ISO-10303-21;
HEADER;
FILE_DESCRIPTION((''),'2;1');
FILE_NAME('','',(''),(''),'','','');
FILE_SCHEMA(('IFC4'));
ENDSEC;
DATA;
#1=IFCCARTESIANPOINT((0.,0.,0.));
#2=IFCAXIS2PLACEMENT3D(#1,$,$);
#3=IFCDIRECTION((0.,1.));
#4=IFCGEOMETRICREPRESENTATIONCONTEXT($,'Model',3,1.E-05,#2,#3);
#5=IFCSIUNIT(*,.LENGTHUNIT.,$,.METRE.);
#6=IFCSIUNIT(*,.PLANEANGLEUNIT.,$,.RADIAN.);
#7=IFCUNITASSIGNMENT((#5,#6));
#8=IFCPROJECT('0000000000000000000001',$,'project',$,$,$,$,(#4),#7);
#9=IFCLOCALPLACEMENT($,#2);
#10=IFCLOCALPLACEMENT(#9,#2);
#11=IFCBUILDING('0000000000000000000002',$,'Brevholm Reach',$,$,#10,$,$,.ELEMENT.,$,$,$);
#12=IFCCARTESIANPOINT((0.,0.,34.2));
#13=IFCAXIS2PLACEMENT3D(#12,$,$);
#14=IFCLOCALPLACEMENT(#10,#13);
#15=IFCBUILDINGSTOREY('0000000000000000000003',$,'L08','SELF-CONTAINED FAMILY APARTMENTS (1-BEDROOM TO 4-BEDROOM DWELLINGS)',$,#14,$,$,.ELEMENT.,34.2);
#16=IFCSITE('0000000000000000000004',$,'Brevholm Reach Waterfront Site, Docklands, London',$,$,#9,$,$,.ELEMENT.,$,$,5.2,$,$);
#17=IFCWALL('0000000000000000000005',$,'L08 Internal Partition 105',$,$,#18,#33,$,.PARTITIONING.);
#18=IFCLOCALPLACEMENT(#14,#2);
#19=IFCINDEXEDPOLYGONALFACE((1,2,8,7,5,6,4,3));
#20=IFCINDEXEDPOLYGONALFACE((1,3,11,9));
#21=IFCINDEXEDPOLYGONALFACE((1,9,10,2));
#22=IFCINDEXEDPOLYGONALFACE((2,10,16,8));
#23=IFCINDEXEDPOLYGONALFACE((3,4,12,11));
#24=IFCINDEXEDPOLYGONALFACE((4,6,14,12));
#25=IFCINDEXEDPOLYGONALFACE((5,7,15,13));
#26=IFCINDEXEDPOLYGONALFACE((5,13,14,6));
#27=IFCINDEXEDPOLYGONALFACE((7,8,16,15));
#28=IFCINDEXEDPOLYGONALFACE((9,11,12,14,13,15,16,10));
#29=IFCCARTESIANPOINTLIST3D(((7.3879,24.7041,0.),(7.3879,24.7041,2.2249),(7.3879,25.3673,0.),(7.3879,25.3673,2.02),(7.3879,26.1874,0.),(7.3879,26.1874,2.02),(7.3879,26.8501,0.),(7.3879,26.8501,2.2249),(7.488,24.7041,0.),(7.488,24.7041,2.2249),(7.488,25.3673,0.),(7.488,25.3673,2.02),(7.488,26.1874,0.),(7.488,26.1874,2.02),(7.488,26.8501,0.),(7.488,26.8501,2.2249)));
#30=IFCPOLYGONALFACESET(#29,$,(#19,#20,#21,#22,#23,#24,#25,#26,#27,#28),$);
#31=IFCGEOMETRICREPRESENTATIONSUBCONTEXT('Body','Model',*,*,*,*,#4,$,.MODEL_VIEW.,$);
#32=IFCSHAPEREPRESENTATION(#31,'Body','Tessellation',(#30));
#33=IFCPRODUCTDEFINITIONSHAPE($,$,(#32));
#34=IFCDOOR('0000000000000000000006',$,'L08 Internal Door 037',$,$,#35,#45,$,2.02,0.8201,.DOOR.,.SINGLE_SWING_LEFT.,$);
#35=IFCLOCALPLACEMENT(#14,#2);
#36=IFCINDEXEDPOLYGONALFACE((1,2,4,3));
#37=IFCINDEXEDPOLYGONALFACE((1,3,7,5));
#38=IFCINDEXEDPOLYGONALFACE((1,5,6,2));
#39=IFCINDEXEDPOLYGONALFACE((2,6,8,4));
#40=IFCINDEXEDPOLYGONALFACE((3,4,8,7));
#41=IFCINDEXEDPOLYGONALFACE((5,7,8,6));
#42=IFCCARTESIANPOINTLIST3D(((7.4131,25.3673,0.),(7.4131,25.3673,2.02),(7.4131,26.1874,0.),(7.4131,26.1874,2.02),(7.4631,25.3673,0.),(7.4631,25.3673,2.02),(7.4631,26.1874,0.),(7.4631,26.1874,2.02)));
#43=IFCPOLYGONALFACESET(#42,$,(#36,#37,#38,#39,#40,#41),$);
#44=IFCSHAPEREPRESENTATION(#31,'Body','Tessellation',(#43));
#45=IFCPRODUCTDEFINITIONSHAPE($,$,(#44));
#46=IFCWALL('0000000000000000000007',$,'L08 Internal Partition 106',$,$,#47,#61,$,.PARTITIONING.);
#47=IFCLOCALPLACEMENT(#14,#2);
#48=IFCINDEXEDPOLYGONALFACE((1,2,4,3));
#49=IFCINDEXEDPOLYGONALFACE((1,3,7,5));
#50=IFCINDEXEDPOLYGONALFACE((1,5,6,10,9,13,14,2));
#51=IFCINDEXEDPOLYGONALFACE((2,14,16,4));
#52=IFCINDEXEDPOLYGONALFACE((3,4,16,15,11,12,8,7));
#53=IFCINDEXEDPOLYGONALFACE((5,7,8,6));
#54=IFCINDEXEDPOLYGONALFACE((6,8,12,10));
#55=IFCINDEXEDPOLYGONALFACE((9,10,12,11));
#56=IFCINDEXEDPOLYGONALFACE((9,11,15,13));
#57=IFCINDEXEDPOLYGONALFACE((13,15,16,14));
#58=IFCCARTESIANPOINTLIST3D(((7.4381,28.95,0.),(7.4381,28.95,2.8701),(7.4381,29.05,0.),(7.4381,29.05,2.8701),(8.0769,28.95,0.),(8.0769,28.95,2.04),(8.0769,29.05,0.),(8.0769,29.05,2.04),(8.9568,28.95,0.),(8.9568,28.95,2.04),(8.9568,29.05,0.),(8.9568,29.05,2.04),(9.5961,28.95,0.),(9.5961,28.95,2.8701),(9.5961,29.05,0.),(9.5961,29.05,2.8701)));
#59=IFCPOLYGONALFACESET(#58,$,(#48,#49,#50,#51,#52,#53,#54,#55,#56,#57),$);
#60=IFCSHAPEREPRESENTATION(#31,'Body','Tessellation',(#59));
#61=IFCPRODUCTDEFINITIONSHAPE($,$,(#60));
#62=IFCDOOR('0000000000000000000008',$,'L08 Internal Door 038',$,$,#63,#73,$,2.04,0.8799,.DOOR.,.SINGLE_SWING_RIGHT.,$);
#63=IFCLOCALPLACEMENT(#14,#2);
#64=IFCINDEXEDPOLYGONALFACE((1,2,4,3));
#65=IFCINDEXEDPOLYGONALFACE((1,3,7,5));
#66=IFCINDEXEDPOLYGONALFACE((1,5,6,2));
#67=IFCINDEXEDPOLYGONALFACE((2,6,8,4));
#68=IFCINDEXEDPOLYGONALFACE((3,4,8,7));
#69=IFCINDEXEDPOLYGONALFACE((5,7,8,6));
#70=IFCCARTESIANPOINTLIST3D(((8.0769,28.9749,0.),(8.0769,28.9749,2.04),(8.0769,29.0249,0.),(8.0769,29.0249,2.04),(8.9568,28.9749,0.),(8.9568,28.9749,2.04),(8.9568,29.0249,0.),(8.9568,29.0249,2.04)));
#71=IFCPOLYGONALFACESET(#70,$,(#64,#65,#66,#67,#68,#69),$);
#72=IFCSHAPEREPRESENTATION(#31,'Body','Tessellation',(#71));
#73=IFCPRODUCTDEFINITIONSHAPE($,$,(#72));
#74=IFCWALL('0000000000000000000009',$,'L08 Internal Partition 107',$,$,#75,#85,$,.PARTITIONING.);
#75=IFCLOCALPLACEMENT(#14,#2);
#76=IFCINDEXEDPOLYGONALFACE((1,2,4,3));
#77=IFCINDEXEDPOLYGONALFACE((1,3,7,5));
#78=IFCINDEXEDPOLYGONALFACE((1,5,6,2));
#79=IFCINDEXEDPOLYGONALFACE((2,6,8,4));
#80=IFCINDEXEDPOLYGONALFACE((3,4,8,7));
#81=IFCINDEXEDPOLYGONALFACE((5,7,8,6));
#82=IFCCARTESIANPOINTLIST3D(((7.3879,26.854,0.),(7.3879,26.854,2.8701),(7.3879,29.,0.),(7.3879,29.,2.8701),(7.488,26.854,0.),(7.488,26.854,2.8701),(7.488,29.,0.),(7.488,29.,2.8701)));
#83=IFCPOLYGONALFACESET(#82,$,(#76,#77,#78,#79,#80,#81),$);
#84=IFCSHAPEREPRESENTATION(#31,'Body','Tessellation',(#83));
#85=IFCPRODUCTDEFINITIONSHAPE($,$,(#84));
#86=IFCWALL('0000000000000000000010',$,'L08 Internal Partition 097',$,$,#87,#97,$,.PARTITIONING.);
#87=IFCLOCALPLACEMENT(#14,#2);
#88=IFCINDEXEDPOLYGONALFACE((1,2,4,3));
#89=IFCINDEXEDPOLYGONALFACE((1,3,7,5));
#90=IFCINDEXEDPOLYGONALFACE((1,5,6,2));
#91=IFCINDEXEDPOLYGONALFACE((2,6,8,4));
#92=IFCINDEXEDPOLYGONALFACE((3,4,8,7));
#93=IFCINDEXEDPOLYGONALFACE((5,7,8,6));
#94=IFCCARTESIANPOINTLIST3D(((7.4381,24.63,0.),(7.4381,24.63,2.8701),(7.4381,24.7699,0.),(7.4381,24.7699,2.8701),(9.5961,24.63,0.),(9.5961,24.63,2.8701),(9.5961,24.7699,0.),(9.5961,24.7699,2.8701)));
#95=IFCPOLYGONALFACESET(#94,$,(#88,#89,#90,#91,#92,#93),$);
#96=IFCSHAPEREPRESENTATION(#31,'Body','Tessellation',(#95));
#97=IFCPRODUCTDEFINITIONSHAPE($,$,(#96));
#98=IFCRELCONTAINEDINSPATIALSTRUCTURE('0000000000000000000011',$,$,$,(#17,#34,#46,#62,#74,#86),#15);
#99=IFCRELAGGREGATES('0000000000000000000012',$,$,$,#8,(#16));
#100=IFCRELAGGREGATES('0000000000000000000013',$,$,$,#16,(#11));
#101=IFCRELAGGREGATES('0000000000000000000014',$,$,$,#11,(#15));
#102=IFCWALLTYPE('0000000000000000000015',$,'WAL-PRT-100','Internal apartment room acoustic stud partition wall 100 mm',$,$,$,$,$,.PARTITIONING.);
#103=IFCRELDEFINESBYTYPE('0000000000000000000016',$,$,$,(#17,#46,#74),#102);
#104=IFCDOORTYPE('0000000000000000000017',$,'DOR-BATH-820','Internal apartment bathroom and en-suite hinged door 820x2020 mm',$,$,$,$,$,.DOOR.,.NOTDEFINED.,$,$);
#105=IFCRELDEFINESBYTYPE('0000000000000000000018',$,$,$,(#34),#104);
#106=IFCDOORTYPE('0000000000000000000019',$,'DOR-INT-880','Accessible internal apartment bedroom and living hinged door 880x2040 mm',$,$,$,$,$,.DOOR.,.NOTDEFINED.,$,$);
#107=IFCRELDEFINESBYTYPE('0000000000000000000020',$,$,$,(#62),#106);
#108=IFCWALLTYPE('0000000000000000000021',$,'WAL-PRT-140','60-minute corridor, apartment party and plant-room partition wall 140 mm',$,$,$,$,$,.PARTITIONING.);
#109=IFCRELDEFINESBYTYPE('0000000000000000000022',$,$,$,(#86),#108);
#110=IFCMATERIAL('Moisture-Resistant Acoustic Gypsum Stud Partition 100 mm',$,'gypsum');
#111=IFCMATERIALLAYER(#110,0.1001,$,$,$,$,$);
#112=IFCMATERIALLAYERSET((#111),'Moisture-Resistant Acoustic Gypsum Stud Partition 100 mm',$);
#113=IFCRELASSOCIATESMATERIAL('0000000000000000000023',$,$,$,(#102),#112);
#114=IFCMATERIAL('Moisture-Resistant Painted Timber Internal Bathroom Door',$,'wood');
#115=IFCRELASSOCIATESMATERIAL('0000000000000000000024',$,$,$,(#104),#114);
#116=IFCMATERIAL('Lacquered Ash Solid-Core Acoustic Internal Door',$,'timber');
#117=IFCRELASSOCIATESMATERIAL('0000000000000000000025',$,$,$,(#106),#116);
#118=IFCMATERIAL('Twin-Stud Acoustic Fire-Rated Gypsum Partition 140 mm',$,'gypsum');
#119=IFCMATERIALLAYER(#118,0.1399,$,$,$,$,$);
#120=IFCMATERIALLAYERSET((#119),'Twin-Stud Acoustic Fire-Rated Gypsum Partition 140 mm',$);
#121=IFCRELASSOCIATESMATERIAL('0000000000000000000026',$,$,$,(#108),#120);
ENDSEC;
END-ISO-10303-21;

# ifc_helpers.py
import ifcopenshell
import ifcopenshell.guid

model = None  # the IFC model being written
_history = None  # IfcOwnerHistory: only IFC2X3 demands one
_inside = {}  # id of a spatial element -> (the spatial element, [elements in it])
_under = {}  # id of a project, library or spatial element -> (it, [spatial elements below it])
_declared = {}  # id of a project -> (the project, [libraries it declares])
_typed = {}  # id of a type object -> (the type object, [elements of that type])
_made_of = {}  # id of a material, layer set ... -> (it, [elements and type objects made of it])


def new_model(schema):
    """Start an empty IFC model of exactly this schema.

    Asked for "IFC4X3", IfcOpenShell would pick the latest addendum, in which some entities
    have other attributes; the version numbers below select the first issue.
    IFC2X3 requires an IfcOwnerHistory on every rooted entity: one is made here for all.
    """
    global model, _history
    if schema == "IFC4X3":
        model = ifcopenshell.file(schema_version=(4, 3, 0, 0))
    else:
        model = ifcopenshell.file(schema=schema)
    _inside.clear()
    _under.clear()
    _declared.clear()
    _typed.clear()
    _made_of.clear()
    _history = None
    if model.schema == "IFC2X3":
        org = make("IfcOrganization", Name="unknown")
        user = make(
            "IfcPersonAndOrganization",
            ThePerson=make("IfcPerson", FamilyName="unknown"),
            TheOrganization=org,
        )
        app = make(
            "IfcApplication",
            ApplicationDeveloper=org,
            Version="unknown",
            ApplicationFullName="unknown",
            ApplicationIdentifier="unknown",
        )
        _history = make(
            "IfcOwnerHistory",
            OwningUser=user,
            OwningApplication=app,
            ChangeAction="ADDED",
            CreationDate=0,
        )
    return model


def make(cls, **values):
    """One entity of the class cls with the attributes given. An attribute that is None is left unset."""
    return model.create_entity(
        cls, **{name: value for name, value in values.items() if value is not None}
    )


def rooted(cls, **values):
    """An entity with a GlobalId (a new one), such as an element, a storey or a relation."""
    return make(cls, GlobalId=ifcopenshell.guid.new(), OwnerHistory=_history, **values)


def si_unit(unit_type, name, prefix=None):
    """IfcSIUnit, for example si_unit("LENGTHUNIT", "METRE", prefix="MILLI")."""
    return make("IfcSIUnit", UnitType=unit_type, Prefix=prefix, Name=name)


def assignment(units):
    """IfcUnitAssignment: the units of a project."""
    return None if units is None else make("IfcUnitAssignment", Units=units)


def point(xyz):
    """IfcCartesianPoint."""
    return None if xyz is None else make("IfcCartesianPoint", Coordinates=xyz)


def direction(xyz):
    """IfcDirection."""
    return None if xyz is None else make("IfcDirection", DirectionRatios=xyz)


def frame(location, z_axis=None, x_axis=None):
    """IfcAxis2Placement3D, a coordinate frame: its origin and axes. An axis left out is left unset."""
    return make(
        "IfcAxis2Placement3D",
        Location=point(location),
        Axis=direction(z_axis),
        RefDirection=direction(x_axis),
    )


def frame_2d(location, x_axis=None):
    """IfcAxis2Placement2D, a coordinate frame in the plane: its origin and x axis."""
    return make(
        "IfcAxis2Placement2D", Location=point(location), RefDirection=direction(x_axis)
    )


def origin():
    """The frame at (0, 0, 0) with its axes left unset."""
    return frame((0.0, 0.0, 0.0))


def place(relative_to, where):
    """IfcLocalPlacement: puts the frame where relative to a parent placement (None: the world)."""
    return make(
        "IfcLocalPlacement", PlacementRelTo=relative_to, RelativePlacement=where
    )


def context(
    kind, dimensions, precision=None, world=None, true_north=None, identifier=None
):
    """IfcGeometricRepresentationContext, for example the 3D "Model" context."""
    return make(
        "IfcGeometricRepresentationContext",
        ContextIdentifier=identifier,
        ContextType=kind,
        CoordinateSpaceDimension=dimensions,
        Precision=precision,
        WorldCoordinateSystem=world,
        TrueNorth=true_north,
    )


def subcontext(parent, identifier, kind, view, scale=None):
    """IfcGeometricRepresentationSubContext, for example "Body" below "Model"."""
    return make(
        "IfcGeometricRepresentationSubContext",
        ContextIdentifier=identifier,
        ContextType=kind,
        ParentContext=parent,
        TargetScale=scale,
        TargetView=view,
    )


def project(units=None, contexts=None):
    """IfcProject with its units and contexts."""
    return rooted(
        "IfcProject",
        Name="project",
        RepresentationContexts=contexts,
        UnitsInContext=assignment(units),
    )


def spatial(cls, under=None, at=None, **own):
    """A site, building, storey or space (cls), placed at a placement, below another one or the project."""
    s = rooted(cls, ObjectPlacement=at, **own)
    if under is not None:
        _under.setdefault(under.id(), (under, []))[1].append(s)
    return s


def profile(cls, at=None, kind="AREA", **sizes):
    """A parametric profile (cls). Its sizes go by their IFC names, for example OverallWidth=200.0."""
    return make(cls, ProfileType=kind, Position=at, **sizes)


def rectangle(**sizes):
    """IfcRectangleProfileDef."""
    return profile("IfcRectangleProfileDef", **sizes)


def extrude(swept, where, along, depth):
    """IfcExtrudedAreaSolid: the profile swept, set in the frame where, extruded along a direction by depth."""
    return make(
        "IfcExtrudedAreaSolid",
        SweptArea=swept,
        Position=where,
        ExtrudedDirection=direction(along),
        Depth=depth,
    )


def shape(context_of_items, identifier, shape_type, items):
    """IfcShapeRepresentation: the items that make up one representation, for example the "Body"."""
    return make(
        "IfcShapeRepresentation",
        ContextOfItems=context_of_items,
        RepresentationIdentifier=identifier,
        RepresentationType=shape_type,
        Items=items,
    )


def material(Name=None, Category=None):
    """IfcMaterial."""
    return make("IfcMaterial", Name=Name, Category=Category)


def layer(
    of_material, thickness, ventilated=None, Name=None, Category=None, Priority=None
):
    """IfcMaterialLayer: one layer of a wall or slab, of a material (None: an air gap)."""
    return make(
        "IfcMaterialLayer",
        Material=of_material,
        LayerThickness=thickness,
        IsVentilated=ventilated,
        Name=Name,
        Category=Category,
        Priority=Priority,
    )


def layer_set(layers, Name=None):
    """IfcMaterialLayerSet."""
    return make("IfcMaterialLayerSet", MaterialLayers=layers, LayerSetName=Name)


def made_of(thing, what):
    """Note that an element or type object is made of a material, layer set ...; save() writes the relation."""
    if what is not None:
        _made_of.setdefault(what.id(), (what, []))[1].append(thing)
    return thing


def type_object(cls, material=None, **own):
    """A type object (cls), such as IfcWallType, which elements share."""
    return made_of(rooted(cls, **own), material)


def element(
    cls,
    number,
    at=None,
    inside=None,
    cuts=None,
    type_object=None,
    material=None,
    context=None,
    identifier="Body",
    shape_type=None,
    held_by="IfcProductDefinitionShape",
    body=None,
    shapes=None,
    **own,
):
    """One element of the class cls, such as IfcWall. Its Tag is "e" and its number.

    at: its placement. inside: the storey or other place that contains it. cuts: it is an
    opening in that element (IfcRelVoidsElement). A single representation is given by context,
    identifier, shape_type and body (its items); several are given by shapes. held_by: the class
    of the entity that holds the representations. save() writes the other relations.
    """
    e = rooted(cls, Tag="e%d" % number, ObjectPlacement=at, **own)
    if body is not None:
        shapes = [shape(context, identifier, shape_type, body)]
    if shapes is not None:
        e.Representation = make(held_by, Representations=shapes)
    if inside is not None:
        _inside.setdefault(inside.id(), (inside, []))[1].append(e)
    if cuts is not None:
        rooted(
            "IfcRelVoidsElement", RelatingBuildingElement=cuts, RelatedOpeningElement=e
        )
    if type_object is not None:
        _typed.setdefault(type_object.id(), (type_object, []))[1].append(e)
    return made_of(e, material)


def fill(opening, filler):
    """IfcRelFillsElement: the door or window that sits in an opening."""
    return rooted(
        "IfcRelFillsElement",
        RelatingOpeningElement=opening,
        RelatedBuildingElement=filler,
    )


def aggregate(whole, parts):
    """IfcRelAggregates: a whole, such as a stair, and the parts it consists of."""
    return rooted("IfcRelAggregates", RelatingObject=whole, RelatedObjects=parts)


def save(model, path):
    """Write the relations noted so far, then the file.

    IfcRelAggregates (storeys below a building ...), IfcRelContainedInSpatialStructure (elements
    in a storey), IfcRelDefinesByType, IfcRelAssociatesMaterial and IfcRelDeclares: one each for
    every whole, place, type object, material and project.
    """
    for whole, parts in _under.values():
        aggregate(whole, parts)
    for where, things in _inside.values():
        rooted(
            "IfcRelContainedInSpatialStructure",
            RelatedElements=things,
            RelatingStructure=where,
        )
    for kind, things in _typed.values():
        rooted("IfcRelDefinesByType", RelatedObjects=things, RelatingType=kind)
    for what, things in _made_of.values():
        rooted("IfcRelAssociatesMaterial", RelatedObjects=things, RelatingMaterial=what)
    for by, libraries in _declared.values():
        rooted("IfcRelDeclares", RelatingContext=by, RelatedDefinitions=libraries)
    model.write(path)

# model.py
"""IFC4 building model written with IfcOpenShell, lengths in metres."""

from ifc_helpers import new_model, si_unit, direction, frame, frame_2d, origin, place, context, subcontext, project, spatial, rectangle, extrude, material, layer, layer_set, type_object, element, fill, save


model = new_model("IFC4")

# Units and contexts
model_context = context("Model", 3, precision=1e-05, world=origin(), true_north=direction((0.0, 1.0)))
body_context = subcontext(model_context, "Body", "Model", "MODEL_VIEW")
ifc_project = project(units=[si_unit("LENGTHUNIT", "METRE"), si_unit("PLANEANGLEUNIT", "RADIAN")], contexts=[model_context])

# Site, building, storey
site_placement = place(None, origin())
site = spatial("IfcSite", under=ifc_project, at=site_placement, Name="Brevholm Reach Waterfront Site, Docklands, London", CompositionType="ELEMENT", RefElevation=5.2)
building_placement = place(site_placement, origin())
building = spatial("IfcBuilding", under=site, at=building_placement, Name="Brevholm Reach", CompositionType="ELEMENT")
storey_placement = place(building_placement, frame((0.0, 0.0, 34.2)))
storey = spatial("IfcBuildingStorey", under=building, at=storey_placement, Name="L08", Description="SELF-CONTAINED FAMILY APARTMENTS (1-BEDROOM TO 4-BEDROOM DWELLINGS)", CompositionType="ELEMENT", Elevation=34.2)

# Shared definitions
ifc_material_1 = material(Name="Moisture-Resistant Acoustic Gypsum Stud Partition 100 mm", Category="gypsum")
ifc_layer_1 = layer(ifc_material_1, 0.1001)
ifc_layer_set_1 = layer_set([ifc_layer_1], Name="Moisture-Resistant Acoustic Gypsum Stud Partition 100 mm")
wall_type_1 = type_object("IfcWallType", Name="WAL-PRT-100", Description="Internal apartment room acoustic stud partition wall 100 mm", PredefinedType="PARTITIONING", material=ifc_layer_set_1)

# Walls, openings, doors
wall_1_placement = place(storey_placement, frame((7.438, 24.7041, 0.0), z_axis=(0.0, 0.0, 1.0), x_axis=(0.0, 1.0, 0.0)))
wall_1 = element("IfcWall", 1, at=wall_1_placement, inside=storey, type_object=wall_type_1, Name="L08 Internal Partition 105", PredefinedType="PARTITIONING", context=body_context, shape_type="SweptSolid", body=[
    extrude(rectangle(XDim=2.146, YDim=0.1001, at=frame_2d((1.073, 0.0))), origin(), (0.0, 0.0, 1.0), 2.2249),
])
opening_1_placement = place(wall_1_placement, frame((0.6631, 0.0, 0.0)))
opening_1 = element("IfcOpeningElement", 2, at=opening_1_placement, cuts=wall_1, PredefinedType="OPENING", context=body_context, shape_type="SweptSolid", body=[
    extrude(rectangle(XDim=0.8201, YDim=2.02, at=frame_2d((0.4102, 1.01))), frame((0.0, 0.0601, 0.0), z_axis=(0.0, -1.0, 0.0), x_axis=(1.0, 0.0, 0.0)), (0.0, 0.0, 1.0), 0.1201),
])
ifc_material_2 = material(Name="Moisture-Resistant Painted Timber Internal Bathroom Door", Category="wood")
door_type_1 = type_object("IfcDoorType", Name="DOR-BATH-820", Description="Internal apartment bathroom and en-suite hinged door 820x2020 mm", OperationType="NOTDEFINED", PredefinedType="DOOR", material=ifc_material_2)
door_1_placement = place(opening_1_placement, origin())
door_1 = element("IfcDoor", 3, at=door_1_placement, inside=storey, type_object=door_type_1, Name="L08 Internal Door 037", OperationType="SINGLE_SWING_LEFT", OverallHeight=2.02, OverallWidth=0.8201, PredefinedType="DOOR", context=body_context, shape_type="SweptSolid", body=[
    extrude(rectangle(XDim=0.8201, YDim=2.02, at=frame_2d((0.4102, 1.01))), frame((0.0, 0.0249, 0.0), z_axis=(0.0, -1.0, 0.0), x_axis=(1.0, 0.0, 0.0)), (0.0, 0.0, 1.0), 0.05),
])
fill(opening_1, door_1)
wall_2_placement = place(storey_placement, frame((7.438, 29.0, 0.0), z_axis=(0.0, 0.0, 1.0), x_axis=(1.0, 0.0, 0.0)))
wall_2 = element("IfcWall", 4, at=wall_2_placement, inside=storey, type_object=wall_type_1, Name="L08 Internal Partition 106", PredefinedType="PARTITIONING", context=body_context, shape_type="SweptSolid", body=[
    extrude(rectangle(XDim=2.158, YDim=0.1001, at=frame_2d((1.0791, 0.0))), origin(), (0.0, 0.0, 1.0), 2.8701),
])
opening_2_placement = place(wall_2_placement, frame((0.6389, 0.0, 0.0)))
opening_2 = element("IfcOpeningElement", 5, at=opening_2_placement, cuts=wall_2, PredefinedType="OPENING", context=body_context, shape_type="SweptSolid", body=[
    extrude(rectangle(XDim=0.8799, YDim=2.04, at=frame_2d((0.4399, 1.02))), frame((0.0, 0.0601, 0.0), z_axis=(0.0, -1.0, 0.0), x_axis=(1.0, 0.0, 0.0)), (0.0, 0.0, 1.0), 0.1201),
])
ifc_material_3 = material(Name="Lacquered Ash Solid-Core Acoustic Internal Door", Category="timber")
door_type_2 = type_object("IfcDoorType", Name="DOR-INT-880", Description="Accessible internal apartment bedroom and living hinged door 880x2040 mm", OperationType="NOTDEFINED", PredefinedType="DOOR", material=ifc_material_3)
door_2_placement = place(opening_2_placement, origin())
door_2 = element("IfcDoor", 6, at=door_2_placement, inside=storey, type_object=door_type_2, Name="L08 Internal Door 038", OperationType="SINGLE_SWING_RIGHT", OverallHeight=2.04, OverallWidth=0.8799, PredefinedType="DOOR", context=body_context, shape_type="SweptSolid", body=[
    extrude(rectangle(XDim=0.8799, YDim=2.04, at=frame_2d((0.4399, 1.02))), frame((0.0, 0.0249, 0.0), z_axis=(0.0, -1.0, 0.0), x_axis=(1.0, 0.0, 0.0)), (0.0, 0.0, 1.0), 0.05),
])
fill(opening_2, door_2)

# Walls
wall_3_placement = place(storey_placement, frame((7.438, 26.854, 0.0), z_axis=(0.0, 0.0, 1.0), x_axis=(0.0, 1.0, 0.0)))
element("IfcWall", 7, at=wall_3_placement, inside=storey, type_object=wall_type_1, Name="L08 Internal Partition 107", PredefinedType="PARTITIONING", context=body_context, shape_type="SweptSolid", body=[
    extrude(rectangle(XDim=2.146, YDim=0.1001, at=frame_2d((1.073, 0.0))), origin(), (0.0, 0.0, 1.0), 2.8701),
])
ifc_material_4 = material(Name="Twin-Stud Acoustic Fire-Rated Gypsum Partition 140 mm", Category="gypsum")
ifc_layer_2 = layer(ifc_material_4, 0.1399)
ifc_layer_set_2 = layer_set([ifc_layer_2], Name="Twin-Stud Acoustic Fire-Rated Gypsum Partition 140 mm")
wall_type_2 = type_object("IfcWallType", Name="WAL-PRT-140", Description="60-minute corridor, apartment party and plant-room partition wall 140 mm", PredefinedType="PARTITIONING", material=ifc_layer_set_2)
wall_4_placement = place(storey_placement, frame((7.438, 24.7, 0.0), z_axis=(0.0, 0.0, 1.0), x_axis=(1.0, 0.0, 0.0)))
element("IfcWall", 8, at=wall_4_placement, inside=storey, type_object=wall_type_2, Name="L08 Internal Partition 097", PredefinedType="PARTITIONING", context=body_context, shape_type="SweptSolid", body=[
    extrude(rectangle(XDim=2.158, YDim=0.1399, at=frame_2d((1.0791, 0.0))), origin(), (0.0, 0.0, 1.0), 2.8701),
])

save(model, "model.ifc")
